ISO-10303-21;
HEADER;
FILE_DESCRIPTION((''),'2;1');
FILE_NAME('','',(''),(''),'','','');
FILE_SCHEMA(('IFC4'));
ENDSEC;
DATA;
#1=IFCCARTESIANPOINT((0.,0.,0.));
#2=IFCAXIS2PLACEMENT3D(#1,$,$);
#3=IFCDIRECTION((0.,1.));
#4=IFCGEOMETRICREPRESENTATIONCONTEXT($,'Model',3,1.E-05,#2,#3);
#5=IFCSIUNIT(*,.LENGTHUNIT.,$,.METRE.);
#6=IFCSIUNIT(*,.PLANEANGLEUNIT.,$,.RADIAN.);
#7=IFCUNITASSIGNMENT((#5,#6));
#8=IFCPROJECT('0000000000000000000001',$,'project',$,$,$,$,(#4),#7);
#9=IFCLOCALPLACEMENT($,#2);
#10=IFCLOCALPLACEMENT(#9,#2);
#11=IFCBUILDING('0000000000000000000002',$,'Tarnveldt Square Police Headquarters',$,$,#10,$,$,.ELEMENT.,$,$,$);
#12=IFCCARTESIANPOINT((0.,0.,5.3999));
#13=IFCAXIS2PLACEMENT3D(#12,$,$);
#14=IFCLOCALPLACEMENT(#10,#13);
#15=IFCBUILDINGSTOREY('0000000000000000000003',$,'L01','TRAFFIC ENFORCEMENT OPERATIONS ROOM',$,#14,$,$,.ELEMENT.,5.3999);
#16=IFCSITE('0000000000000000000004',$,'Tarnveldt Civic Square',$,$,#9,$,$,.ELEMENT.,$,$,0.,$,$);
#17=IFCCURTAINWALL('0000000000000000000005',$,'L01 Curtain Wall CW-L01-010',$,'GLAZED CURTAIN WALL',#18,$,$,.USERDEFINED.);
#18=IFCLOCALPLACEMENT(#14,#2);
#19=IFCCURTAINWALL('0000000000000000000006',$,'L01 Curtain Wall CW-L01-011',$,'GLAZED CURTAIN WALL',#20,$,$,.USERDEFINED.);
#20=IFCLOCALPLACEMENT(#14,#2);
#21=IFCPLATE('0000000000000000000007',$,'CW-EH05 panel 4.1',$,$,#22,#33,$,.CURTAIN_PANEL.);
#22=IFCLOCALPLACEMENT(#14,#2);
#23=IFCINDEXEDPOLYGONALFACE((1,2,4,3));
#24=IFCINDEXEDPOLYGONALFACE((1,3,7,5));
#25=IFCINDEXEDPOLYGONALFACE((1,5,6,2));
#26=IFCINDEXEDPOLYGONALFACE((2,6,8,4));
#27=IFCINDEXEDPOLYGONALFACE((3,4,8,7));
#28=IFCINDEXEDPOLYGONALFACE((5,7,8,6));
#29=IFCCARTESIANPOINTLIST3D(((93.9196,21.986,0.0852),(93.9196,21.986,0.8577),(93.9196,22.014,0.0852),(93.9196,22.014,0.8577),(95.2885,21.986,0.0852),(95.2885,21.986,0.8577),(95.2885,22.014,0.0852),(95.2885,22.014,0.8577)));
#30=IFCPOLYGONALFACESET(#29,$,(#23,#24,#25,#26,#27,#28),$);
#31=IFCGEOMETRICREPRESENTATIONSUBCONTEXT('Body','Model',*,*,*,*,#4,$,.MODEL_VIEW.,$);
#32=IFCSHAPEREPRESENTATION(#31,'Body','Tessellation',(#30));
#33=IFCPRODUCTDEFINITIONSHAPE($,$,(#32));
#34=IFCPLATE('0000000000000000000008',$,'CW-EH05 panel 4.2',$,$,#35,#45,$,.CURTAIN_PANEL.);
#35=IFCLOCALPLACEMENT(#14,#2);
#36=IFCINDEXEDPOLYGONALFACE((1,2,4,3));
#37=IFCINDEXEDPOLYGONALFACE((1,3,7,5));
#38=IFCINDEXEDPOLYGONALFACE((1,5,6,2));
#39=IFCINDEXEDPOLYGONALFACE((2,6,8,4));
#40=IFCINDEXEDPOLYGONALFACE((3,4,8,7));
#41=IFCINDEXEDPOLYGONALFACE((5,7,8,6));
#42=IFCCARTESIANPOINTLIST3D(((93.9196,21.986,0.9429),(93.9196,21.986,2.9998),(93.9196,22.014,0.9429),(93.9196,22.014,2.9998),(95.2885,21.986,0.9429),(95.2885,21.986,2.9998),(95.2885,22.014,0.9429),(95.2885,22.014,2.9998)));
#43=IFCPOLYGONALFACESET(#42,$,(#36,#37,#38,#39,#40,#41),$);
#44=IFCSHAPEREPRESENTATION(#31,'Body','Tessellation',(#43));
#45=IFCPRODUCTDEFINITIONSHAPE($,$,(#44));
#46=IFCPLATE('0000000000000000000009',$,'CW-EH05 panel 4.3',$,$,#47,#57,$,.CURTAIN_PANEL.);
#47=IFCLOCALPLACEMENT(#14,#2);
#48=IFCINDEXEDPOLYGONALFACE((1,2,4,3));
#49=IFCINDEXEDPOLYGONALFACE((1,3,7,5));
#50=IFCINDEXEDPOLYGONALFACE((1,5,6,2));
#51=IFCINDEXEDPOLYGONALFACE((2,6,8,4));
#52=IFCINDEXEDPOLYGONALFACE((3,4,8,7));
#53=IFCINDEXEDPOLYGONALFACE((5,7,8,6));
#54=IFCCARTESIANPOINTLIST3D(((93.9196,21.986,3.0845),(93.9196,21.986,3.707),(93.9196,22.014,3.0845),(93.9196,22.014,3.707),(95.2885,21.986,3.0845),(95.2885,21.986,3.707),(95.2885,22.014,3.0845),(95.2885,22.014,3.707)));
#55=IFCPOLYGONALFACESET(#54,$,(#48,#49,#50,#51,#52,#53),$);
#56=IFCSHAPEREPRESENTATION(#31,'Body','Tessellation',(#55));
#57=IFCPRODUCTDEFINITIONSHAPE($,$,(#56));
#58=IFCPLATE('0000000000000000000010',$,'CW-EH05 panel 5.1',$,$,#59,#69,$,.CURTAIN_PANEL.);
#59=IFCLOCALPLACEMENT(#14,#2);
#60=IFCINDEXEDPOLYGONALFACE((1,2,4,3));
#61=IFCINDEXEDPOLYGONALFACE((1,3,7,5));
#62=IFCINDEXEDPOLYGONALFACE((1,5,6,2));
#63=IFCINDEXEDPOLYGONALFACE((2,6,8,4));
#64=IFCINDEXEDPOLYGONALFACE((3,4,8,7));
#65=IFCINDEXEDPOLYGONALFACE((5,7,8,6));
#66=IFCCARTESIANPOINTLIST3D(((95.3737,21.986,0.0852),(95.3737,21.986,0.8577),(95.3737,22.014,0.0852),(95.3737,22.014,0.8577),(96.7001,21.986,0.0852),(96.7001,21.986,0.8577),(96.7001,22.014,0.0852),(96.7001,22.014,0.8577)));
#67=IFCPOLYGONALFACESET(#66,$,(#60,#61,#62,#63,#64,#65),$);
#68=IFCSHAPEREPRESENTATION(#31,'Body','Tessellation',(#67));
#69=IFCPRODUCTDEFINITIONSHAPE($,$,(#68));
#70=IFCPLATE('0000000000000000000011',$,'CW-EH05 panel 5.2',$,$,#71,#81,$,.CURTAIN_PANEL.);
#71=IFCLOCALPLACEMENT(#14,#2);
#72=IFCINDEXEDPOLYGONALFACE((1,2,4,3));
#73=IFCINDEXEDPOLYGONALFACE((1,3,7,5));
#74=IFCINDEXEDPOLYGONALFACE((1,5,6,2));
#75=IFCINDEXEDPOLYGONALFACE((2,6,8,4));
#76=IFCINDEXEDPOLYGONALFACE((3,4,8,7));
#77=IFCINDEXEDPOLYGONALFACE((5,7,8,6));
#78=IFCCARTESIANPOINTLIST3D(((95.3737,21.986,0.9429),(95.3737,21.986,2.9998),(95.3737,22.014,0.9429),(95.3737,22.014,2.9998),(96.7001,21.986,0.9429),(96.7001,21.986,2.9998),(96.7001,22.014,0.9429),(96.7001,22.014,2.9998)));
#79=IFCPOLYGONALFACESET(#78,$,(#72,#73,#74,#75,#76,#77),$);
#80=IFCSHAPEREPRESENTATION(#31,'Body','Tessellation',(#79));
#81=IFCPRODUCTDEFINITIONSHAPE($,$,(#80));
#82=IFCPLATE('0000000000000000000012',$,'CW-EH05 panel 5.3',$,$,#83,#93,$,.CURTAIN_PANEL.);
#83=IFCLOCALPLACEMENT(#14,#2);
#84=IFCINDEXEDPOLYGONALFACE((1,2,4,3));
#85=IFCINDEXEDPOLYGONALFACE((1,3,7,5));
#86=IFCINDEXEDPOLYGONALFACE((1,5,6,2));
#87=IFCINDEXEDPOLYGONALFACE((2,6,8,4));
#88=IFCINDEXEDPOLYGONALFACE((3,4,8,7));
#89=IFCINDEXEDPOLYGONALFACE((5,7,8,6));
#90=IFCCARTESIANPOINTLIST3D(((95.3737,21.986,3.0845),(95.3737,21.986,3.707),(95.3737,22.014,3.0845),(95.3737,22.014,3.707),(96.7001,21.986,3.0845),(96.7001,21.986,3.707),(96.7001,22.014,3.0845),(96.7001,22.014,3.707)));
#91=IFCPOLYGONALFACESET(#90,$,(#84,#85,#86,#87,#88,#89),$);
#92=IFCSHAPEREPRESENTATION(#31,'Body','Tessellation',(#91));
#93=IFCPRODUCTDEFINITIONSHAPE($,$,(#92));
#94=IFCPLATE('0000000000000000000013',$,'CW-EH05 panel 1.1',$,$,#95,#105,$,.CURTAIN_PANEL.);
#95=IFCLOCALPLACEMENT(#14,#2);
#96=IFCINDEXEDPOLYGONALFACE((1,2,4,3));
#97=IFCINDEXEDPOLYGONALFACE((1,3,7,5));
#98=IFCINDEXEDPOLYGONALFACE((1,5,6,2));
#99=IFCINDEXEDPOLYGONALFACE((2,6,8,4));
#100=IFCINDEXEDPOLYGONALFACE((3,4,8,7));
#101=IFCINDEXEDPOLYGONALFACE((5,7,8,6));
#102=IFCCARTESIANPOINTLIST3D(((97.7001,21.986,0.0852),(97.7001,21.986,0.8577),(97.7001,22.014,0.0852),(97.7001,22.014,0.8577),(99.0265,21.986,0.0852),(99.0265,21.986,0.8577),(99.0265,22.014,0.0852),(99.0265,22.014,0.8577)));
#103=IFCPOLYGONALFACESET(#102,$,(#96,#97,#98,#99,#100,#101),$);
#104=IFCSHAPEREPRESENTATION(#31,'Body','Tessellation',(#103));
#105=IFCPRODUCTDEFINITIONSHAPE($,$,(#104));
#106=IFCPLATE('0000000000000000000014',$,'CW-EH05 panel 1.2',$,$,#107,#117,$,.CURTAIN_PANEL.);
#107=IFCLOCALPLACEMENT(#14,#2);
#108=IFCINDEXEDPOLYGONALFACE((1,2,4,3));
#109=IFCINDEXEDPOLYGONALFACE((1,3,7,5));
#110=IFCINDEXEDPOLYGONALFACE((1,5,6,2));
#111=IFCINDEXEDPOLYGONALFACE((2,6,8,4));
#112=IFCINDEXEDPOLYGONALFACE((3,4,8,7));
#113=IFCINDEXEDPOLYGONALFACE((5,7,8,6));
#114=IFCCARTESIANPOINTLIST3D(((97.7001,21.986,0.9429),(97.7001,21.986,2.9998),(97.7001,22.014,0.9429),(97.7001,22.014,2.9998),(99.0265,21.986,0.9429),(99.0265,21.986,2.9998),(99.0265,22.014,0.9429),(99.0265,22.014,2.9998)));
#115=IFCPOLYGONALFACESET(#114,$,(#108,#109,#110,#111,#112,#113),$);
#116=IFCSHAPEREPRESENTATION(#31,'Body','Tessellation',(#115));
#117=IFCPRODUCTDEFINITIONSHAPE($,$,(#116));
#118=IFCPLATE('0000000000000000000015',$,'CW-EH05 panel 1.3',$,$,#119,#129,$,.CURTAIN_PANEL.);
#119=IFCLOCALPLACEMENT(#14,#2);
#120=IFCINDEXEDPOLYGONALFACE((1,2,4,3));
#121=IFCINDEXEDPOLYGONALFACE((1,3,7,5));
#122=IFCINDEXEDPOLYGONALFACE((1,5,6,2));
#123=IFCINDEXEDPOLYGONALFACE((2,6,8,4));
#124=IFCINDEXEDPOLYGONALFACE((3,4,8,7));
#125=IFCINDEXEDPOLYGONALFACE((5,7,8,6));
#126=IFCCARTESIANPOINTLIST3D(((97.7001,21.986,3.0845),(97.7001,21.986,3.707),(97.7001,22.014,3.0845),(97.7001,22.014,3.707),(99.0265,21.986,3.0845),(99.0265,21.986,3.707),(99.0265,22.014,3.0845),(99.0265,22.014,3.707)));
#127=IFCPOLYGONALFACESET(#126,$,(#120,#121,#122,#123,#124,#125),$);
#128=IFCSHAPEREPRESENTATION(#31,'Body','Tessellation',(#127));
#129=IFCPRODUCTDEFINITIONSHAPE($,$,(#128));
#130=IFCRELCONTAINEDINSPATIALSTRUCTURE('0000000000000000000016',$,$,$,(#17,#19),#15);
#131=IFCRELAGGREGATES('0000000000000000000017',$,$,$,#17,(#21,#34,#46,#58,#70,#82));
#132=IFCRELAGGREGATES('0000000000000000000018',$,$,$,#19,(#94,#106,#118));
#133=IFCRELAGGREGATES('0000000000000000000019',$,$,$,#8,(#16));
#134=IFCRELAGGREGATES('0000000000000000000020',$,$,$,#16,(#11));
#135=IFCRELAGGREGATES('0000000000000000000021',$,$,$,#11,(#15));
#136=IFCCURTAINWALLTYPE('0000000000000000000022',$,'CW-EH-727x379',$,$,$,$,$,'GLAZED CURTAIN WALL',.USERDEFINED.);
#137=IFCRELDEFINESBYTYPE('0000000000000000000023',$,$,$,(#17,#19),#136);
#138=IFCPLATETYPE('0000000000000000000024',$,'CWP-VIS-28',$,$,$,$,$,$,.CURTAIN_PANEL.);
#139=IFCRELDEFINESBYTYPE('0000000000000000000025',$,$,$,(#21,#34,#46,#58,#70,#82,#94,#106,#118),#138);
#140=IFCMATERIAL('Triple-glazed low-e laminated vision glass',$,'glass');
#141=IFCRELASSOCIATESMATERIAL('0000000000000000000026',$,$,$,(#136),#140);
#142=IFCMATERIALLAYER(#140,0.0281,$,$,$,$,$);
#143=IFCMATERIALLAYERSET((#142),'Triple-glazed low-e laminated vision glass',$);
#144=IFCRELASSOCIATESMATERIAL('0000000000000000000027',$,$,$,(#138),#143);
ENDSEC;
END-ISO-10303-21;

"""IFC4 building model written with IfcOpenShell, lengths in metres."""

from ifc_helpers import new_model, si_unit, direction, frame, origin, origin_2d, place, context, subcontext, project, spatial, rectangle, extrude, material, layer, layer_set, type_object, element, aggregate, save


model = new_model("IFC4")

# Units and contexts
model_context = context("Model", 3, precision=1e-05, world=origin(), true_north=direction((0.0, 1.0)))
body_context = subcontext(model_context, "Body", "Model", "MODEL_VIEW")
ifc_project = project(units=[si_unit("LENGTHUNIT", "METRE"), si_unit("PLANEANGLEUNIT", "RADIAN")], contexts=[model_context])

# Site, building, storey
site_placement = place(None, origin())
site = spatial("IfcSite", under=ifc_project, at=site_placement, Name="Tarnveldt Civic Square", CompositionType="ELEMENT", RefElevation=0.0)
building_placement = place(site_placement, origin())
building = spatial("IfcBuilding", under=site, at=building_placement, Name="Tarnveldt Square Police Headquarters", CompositionType="ELEMENT")
storey_placement = place(building_placement, frame((0.0, 0.0, 5.3999)))
storey = spatial("IfcBuildingStorey", under=building, at=storey_placement, Name="L01", Description="TRAFFIC ENFORCEMENT OPERATIONS ROOM", CompositionType="ELEMENT", Elevation=5.3999)

# Curtain walls
ifc_material_1 = material(Name="Triple-glazed low-e laminated vision glass", Category="glass")
curtain_wall_type = type_object("IfcCurtainWallType", Name="CW-EH-727x379", ElementType="GLAZED CURTAIN WALL", PredefinedType="USERDEFINED", material=ifc_material_1)
curtain_wall_1_placement = place(storey_placement, origin())
curtain_wall_1 = element("IfcCurtainWall", 1, at=curtain_wall_1_placement, inside=storey, type_object=curtain_wall_type, Name="L01 Curtain Wall CW-L01-010", ObjectType="GLAZED CURTAIN WALL", PredefinedType="USERDEFINED")
curtain_wall_2_placement = place(storey_placement, origin())
curtain_wall_2 = element("IfcCurtainWall", 2, at=curtain_wall_2_placement, inside=storey, type_object=curtain_wall_type, Name="L01 Curtain Wall CW-L01-011", ObjectType="GLAZED CURTAIN WALL", PredefinedType="USERDEFINED")

# Plates
ifc_layer = layer(ifc_material_1, 0.0281)
ifc_layer_set = layer_set([ifc_layer], Name="Triple-glazed low-e laminated vision glass")
plate_type = type_object("IfcPlateType", Name="CWP-VIS-28", PredefinedType="CURTAIN_PANEL", material=ifc_layer_set)
plate_1_placement = place(storey_placement, frame((94.604, 22.0, 0.0852), z_axis=(0.0, 0.0, 1.0), x_axis=(1.0, 0.0, 0.0)))
plate_1 = element("IfcPlate", 3, at=plate_1_placement, type_object=plate_type, Name="CW-EH05 panel 4.1", PredefinedType="CURTAIN_PANEL", context=body_context, shape_type="SweptSolid", body=[
    extrude(rectangle(XDim=1.3689, YDim=0.0281, at=origin_2d()), origin(), (0.0, 0.0, 1.0), 0.7725),
])
plate_2_placement = place(storey_placement, frame((94.604, 22.0, 0.9429), z_axis=(0.0, 0.0, 1.0), x_axis=(1.0, 0.0, 0.0)))
plate_2 = element("IfcPlate", 4, at=plate_2_placement, type_object=plate_type, Name="CW-EH05 panel 4.2", PredefinedType="CURTAIN_PANEL", context=body_context, shape_type="SweptSolid", body=[
    extrude(rectangle(XDim=1.3689, YDim=0.0281, at=origin_2d()), origin(), (0.0, 0.0, 1.0), 2.0569),
])
plate_3_placement = place(storey_placement, frame((94.604, 22.0, 3.0845), z_axis=(0.0, 0.0, 1.0), x_axis=(1.0, 0.0, 0.0)))
plate_3 = element("IfcPlate", 5, at=plate_3_placement, type_object=plate_type, Name="CW-EH05 panel 4.3", PredefinedType="CURTAIN_PANEL", context=body_context, shape_type="SweptSolid", body=[
    extrude(rectangle(XDim=1.3689, YDim=0.0281, at=origin_2d()), origin(), (0.0, 0.0, 1.0), 0.6226),
])
plate_4_placement = place(storey_placement, frame((96.0369, 22.0, 0.0852), z_axis=(0.0, 0.0, 1.0), x_axis=(1.0, 0.0, 0.0)))
plate_4 = element("IfcPlate", 6, at=plate_4_placement, type_object=plate_type, Name="CW-EH05 panel 5.1", PredefinedType="CURTAIN_PANEL", context=body_context, shape_type="SweptSolid", body=[
    extrude(rectangle(XDim=1.3264, YDim=0.0281, at=origin_2d()), origin(), (0.0, 0.0, 1.0), 0.7725),
])
plate_5_placement = place(storey_placement, frame((96.0369, 22.0, 0.9429), z_axis=(0.0, 0.0, 1.0), x_axis=(1.0, 0.0, 0.0)))
plate_5 = element("IfcPlate", 7, at=plate_5_placement, type_object=plate_type, Name="CW-EH05 panel 5.2", PredefinedType="CURTAIN_PANEL", context=body_context, shape_type="SweptSolid", body=[
    extrude(rectangle(XDim=1.3264, YDim=0.0281, at=origin_2d()), origin(), (0.0, 0.0, 1.0), 2.0569),
])
plate_6_placement = place(storey_placement, frame((96.0369, 22.0, 3.0845), z_axis=(0.0, 0.0, 1.0), x_axis=(1.0, 0.0, 0.0)))
plate_6 = element("IfcPlate", 8, at=plate_6_placement, type_object=plate_type, Name="CW-EH05 panel 5.3", PredefinedType="CURTAIN_PANEL", context=body_context, shape_type="SweptSolid", body=[
    extrude(rectangle(XDim=1.3264, YDim=0.0281, at=origin_2d()), origin(), (0.0, 0.0, 1.0), 0.6226),
])
aggregate(curtain_wall_1, [plate_1, plate_2, plate_3, plate_4, plate_5, plate_6])
plate_7_placement = place(storey_placement, frame((98.3633, 22.0, 0.0852), z_axis=(0.0, 0.0, 1.0), x_axis=(1.0, 0.0, 0.0)))
plate_7 = element("IfcPlate", 9, at=plate_7_placement, type_object=plate_type, Name="CW-EH05 panel 1.1", PredefinedType="CURTAIN_PANEL", context=body_context, shape_type="SweptSolid", body=[
    extrude(rectangle(XDim=1.3264, YDim=0.0281, at=origin_2d()), origin(), (0.0, 0.0, 1.0), 0.7725),
])
plate_8_placement = place(storey_placement, frame((98.3633, 22.0, 0.9429), z_axis=(0.0, 0.0, 1.0), x_axis=(1.0, 0.0, 0.0)))
plate_8 = element("IfcPlate", 10, at=plate_8_placement, type_object=plate_type, Name="CW-EH05 panel 1.2", PredefinedType="CURTAIN_PANEL", context=body_context, shape_type="SweptSolid", body=[
    extrude(rectangle(XDim=1.3264, YDim=0.0281, at=origin_2d()), origin(), (0.0, 0.0, 1.0), 2.0569),
])
plate_9_placement = place(storey_placement, frame((98.3633, 22.0, 3.0845), z_axis=(0.0, 0.0, 1.0), x_axis=(1.0, 0.0, 0.0)))
plate_9 = element("IfcPlate", 11, at=plate_9_placement, type_object=plate_type, Name="CW-EH05 panel 1.3", PredefinedType="CURTAIN_PANEL", context=body_context, shape_type="SweptSolid", body=[
    extrude(rectangle(XDim=1.3264, YDim=0.0281, at=origin_2d()), origin(), (0.0, 0.0, 1.0), 0.6226),
])
aggregate(curtain_wall_2, [plate_7, plate_8, plate_9])

save(model, "model.ifc")
